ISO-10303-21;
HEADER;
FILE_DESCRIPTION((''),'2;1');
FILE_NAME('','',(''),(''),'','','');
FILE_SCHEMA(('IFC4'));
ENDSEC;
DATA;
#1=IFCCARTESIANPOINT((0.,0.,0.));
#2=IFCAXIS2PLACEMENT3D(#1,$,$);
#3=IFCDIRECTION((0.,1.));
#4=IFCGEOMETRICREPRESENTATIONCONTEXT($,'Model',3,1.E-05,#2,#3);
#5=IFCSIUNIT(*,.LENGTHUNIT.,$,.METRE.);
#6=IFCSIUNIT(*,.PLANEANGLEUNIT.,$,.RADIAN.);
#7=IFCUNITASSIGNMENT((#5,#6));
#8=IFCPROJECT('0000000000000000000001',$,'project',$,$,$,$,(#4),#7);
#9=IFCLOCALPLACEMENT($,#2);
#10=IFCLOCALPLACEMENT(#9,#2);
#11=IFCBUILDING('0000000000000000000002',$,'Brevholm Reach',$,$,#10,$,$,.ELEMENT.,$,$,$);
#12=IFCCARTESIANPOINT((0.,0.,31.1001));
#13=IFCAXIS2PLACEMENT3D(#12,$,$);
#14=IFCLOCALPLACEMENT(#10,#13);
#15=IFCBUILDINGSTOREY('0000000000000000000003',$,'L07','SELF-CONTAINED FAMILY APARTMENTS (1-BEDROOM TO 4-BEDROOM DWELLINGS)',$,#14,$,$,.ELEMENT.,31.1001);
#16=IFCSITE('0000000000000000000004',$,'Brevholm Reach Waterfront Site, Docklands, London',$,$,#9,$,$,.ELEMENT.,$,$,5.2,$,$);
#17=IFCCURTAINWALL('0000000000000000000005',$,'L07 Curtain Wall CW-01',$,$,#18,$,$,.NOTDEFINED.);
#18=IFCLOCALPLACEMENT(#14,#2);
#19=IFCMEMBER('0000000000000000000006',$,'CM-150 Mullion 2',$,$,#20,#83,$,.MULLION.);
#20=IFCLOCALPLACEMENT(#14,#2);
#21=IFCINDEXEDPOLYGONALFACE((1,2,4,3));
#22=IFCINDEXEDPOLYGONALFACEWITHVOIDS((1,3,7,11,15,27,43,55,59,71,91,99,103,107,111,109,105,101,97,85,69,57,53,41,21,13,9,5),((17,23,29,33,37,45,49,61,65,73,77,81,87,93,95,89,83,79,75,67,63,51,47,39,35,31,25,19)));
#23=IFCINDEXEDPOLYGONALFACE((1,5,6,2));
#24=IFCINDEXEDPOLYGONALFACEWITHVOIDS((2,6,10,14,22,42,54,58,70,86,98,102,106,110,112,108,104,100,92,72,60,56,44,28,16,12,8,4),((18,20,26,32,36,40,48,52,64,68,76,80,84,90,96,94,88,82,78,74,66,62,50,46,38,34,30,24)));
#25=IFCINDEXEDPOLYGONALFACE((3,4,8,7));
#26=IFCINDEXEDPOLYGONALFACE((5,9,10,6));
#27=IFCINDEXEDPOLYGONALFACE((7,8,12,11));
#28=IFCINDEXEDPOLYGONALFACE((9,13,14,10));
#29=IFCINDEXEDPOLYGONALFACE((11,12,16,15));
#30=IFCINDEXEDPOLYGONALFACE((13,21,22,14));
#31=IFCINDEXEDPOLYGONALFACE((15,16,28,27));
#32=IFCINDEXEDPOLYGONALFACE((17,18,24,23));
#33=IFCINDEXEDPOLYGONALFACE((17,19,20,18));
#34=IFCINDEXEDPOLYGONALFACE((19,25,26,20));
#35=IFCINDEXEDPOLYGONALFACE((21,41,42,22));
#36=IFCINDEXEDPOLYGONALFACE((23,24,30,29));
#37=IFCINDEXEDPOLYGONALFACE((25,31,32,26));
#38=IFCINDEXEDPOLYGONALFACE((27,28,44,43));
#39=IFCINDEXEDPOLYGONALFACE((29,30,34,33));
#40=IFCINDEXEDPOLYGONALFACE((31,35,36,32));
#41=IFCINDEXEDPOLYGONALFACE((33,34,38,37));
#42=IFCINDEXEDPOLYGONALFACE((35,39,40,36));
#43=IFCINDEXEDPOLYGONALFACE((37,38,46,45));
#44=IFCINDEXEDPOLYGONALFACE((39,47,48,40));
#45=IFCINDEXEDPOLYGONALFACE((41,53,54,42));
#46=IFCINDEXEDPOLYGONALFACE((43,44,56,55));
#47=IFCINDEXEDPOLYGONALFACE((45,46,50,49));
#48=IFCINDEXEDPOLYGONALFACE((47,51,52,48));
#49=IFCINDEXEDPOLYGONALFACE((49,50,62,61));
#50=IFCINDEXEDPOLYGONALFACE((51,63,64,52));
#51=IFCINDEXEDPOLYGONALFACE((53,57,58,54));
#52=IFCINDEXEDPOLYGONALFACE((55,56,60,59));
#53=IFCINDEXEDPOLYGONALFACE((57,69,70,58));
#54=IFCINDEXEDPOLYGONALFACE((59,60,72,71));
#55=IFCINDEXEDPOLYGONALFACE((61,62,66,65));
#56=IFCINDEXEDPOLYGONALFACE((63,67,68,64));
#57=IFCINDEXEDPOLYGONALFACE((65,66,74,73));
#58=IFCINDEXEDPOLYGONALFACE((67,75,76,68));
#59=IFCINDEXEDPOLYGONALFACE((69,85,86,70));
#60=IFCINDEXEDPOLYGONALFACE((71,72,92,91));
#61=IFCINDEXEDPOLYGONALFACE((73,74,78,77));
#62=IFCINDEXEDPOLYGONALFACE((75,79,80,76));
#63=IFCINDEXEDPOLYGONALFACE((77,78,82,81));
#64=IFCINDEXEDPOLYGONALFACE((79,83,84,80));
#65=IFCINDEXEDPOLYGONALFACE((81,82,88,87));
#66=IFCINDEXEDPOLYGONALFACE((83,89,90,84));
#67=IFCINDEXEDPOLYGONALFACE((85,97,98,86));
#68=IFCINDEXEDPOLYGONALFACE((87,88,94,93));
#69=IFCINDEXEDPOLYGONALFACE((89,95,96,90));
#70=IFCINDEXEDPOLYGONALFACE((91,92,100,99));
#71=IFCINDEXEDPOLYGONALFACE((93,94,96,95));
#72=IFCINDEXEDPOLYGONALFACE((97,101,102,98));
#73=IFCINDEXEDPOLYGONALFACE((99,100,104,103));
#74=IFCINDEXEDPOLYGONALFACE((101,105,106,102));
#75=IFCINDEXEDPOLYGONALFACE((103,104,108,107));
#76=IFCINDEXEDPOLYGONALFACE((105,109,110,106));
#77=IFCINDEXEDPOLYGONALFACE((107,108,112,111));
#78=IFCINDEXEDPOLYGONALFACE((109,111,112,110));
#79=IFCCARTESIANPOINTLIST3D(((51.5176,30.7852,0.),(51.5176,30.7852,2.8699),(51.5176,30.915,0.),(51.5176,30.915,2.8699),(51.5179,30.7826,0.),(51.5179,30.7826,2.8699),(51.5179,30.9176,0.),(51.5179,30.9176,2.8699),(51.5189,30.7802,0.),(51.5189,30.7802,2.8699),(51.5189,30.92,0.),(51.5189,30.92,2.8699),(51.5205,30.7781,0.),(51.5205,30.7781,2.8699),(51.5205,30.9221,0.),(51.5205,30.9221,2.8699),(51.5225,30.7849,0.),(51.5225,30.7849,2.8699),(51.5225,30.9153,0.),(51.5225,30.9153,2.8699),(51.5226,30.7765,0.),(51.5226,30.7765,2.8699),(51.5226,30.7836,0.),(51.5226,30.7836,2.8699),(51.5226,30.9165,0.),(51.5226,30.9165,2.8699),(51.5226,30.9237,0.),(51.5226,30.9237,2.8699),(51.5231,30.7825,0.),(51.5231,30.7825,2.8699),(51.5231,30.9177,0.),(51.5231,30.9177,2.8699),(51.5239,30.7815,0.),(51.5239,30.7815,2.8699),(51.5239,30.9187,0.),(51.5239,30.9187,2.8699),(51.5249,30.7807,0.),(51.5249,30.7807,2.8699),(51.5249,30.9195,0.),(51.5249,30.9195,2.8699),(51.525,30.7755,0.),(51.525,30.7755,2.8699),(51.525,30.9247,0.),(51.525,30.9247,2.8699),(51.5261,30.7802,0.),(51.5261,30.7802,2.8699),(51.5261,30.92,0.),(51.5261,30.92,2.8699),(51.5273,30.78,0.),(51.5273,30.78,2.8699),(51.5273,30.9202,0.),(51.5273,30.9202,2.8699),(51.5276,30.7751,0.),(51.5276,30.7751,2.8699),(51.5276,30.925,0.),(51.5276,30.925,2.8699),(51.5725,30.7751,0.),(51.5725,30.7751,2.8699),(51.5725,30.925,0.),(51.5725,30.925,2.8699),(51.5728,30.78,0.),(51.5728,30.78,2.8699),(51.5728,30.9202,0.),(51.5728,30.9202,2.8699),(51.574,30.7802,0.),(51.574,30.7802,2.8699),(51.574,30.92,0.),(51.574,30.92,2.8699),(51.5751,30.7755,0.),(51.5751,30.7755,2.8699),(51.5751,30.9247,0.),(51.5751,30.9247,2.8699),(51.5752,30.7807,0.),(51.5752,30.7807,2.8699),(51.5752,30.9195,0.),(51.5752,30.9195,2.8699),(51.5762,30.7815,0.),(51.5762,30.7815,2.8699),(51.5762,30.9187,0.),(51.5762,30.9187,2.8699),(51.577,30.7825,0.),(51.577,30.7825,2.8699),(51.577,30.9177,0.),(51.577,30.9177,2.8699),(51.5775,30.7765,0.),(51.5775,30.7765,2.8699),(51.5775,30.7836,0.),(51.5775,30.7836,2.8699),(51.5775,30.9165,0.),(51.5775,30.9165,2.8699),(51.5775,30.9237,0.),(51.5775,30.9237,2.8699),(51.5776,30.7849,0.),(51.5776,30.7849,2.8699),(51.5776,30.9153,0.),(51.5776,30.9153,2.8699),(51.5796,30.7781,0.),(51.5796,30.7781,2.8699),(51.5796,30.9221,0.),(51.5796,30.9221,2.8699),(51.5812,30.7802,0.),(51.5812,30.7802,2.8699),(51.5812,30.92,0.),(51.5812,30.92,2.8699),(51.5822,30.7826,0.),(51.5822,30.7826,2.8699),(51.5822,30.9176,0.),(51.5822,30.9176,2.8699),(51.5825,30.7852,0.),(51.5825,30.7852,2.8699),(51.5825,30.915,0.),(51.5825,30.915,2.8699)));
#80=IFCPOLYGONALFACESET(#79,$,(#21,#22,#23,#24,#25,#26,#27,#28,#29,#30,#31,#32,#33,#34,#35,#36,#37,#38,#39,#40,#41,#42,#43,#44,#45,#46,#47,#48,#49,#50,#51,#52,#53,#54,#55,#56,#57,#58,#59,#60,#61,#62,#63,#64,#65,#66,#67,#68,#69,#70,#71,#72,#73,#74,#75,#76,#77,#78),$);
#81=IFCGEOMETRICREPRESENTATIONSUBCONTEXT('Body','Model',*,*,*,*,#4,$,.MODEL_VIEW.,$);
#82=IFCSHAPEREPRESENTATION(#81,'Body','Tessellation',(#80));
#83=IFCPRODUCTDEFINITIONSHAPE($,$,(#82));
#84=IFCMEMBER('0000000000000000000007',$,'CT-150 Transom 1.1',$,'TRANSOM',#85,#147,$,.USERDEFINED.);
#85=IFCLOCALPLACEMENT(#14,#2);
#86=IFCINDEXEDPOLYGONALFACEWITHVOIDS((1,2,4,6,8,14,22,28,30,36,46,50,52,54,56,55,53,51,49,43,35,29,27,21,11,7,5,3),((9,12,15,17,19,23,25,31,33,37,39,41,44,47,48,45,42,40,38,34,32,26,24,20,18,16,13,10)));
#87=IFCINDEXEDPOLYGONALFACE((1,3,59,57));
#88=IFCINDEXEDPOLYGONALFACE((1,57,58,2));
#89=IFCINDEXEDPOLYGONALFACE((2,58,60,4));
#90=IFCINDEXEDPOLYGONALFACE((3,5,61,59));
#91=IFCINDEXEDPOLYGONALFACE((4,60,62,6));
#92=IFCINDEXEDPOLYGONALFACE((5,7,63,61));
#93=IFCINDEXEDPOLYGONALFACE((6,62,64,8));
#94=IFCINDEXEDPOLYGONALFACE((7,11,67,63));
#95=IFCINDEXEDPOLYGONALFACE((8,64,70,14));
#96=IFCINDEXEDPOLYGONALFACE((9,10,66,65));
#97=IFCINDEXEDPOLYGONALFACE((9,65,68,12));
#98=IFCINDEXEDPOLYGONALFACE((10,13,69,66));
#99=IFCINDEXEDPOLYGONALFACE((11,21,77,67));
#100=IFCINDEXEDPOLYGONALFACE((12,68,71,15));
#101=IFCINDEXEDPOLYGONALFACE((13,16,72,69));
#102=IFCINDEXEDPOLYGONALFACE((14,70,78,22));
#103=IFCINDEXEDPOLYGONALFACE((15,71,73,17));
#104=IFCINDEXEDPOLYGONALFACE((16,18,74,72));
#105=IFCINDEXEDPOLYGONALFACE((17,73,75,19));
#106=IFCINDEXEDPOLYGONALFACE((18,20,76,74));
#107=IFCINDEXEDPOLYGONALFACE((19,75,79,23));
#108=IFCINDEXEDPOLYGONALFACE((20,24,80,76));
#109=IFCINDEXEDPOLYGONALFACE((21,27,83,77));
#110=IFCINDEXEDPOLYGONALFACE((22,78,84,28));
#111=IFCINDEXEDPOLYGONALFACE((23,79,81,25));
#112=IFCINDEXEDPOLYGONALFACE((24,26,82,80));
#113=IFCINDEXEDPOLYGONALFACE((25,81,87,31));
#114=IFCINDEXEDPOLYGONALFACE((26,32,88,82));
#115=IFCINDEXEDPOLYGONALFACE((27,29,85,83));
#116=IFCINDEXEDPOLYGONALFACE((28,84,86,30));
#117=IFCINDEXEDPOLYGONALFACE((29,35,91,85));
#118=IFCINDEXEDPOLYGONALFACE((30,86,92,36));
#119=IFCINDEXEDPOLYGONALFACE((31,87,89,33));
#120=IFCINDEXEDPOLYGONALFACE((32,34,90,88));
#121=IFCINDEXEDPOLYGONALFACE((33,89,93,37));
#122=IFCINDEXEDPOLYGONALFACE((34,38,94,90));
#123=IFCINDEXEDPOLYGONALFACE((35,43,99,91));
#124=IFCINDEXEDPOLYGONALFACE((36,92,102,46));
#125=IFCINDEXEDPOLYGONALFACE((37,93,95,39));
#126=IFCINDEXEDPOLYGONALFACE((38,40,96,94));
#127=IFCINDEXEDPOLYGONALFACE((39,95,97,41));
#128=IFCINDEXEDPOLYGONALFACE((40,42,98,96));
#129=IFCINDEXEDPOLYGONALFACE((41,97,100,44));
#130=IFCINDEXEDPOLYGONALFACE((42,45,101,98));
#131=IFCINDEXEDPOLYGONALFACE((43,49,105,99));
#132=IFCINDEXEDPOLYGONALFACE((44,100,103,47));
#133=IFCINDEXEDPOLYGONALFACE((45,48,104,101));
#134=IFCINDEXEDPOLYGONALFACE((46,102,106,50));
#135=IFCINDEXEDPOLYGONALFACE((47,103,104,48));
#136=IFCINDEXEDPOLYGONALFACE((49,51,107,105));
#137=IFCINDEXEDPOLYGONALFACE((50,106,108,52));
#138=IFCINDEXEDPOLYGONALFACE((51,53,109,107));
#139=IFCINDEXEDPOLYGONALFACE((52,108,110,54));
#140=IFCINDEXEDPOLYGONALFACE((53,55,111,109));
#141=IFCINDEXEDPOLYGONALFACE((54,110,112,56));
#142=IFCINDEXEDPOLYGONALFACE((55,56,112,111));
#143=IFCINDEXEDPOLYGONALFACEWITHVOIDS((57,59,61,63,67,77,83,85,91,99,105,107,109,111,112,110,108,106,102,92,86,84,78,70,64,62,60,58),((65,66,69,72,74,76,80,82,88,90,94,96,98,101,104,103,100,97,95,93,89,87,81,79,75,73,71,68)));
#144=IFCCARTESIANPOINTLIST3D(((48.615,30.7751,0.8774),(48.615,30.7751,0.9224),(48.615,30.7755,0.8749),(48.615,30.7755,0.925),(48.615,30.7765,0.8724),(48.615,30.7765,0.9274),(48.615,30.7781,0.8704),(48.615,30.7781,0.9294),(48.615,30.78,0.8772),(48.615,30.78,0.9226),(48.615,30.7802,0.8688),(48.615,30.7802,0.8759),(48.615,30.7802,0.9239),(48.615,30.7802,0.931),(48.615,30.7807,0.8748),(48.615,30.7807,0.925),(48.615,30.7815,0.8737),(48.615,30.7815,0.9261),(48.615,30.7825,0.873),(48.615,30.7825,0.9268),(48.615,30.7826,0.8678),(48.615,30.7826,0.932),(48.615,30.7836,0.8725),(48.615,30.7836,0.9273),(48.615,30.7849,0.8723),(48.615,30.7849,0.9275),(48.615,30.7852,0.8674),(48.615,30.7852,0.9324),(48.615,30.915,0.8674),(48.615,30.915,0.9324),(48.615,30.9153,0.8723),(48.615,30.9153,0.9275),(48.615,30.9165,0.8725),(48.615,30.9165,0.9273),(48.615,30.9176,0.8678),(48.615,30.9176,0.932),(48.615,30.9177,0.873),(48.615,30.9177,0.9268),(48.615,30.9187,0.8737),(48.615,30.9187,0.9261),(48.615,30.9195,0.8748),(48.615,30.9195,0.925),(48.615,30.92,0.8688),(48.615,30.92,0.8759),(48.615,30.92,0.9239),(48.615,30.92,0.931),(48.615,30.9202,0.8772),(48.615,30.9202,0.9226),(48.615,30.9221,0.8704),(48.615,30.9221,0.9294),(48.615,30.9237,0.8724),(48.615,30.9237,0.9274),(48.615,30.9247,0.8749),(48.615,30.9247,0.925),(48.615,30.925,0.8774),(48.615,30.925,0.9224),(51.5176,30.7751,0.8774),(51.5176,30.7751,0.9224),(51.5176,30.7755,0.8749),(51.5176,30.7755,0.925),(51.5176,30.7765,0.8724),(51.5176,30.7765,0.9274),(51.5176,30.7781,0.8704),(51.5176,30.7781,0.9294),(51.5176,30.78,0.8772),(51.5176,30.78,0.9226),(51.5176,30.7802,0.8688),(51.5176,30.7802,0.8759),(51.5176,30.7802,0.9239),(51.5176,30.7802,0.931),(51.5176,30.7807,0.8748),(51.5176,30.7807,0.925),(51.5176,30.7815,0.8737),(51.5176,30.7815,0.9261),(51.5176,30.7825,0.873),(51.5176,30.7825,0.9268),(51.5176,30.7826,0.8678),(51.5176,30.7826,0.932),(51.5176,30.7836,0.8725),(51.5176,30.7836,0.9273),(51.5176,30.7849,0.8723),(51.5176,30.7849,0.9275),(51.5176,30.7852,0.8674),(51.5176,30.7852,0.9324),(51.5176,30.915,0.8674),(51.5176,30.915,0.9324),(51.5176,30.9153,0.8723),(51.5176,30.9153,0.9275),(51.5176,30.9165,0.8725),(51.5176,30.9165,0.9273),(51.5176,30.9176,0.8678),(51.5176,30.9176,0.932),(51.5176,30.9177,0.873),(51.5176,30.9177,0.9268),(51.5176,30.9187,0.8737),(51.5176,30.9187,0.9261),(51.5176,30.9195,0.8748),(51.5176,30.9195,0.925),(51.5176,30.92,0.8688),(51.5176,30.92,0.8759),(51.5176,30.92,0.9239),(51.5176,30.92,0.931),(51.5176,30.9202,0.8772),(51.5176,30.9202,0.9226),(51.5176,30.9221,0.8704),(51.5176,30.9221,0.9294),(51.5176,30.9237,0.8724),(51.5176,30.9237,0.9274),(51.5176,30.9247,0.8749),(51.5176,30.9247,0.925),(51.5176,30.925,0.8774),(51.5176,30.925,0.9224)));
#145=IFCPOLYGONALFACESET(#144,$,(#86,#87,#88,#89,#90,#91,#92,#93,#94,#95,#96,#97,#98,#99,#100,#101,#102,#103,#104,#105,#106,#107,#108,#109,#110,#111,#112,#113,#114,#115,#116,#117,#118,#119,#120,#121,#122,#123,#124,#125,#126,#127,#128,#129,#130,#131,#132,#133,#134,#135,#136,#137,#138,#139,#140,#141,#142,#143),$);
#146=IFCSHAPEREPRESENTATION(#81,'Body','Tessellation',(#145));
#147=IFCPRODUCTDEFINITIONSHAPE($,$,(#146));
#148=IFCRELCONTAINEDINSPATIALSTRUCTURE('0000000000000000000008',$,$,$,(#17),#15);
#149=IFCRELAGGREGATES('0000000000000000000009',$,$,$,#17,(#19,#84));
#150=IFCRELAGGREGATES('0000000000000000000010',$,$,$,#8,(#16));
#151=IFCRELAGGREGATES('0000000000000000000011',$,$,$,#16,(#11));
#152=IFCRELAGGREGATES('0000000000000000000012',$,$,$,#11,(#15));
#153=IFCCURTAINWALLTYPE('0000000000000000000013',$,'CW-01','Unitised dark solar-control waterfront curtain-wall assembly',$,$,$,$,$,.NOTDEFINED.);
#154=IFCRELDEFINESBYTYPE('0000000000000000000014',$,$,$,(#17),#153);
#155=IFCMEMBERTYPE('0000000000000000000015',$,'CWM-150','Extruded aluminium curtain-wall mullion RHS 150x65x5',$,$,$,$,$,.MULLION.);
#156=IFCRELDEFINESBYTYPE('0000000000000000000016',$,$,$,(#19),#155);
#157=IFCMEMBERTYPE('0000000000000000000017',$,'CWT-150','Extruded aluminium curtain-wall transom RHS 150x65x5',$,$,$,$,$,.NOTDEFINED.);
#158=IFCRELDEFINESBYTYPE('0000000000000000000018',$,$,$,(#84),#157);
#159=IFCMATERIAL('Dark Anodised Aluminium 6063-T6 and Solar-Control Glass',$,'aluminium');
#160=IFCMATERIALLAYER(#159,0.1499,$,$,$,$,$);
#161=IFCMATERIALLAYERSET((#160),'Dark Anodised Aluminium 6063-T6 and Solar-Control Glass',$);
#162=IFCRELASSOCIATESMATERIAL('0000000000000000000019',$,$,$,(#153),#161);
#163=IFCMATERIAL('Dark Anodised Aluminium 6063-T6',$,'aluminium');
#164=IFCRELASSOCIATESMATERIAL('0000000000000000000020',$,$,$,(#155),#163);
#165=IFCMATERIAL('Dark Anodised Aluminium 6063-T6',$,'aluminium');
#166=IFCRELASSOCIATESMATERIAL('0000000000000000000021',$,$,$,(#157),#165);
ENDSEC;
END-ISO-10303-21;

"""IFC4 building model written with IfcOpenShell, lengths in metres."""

from ifc_helpers import new_model, si_unit, direction, frame, origin, origin_2d, place, context, subcontext, project, spatial, hollow_rectangle, extrude, material, layer, layer_set, material_profile, profile_set, type_object, element, aggregate, save


model = new_model("IFC4")

# Units and contexts
model_context = context("Model", 3, precision=1e-05, world=origin(), true_north=direction((0.0, 1.0)))
body_context = subcontext(model_context, "Body", "Model", "MODEL_VIEW")
ifc_project = project(units=[si_unit("LENGTHUNIT", "METRE"), si_unit("PLANEANGLEUNIT", "RADIAN")], contexts=[model_context])

# Site, building, storey
site_placement = place(None, origin())
site = spatial("IfcSite", under=ifc_project, at=site_placement, Name="Brevholm Reach Waterfront Site, Docklands, London", CompositionType="ELEMENT", RefElevation=5.2)
building_placement = place(site_placement, origin())
building = spatial("IfcBuilding", under=site, at=building_placement, Name="Brevholm Reach", CompositionType="ELEMENT")
storey_placement = place(building_placement, frame((0.0, 0.0, 31.1001)))
storey = spatial("IfcBuildingStorey", under=building, at=storey_placement, Name="L07", Description="SELF-CONTAINED FAMILY APARTMENTS (1-BEDROOM TO 4-BEDROOM DWELLINGS)", CompositionType="ELEMENT", Elevation=31.1001)

# Curtain wall, members
ifc_material_1 = material(Name="Dark Anodised Aluminium 6063-T6 and Solar-Control Glass", Category="aluminium")
ifc_layer_1 = layer(ifc_material_1, 0.1499)
ifc_layer_set_1 = layer_set([ifc_layer_1], Name="Dark Anodised Aluminium 6063-T6 and Solar-Control Glass")
curtain_wall_type = type_object("IfcCurtainWallType", Name="CW-01", Description="Unitised dark solar-control waterfront curtain-wall assembly", PredefinedType="NOTDEFINED", material=ifc_layer_set_1)
curtain_wall_placement = place(storey_placement, origin())
curtain_wall = element("IfcCurtainWall", 1, at=curtain_wall_placement, inside=storey, type_object=curtain_wall_type, Name="L07 Curtain Wall CW-01", PredefinedType="NOTDEFINED")
ifc_material_2 = material(Name="Dark Anodised Aluminium 6063-T6", Category="aluminium")
ifc_material_profile_1 = material_profile(ifc_material_2, hollow_rectangle(XDim=0.0649, YDim=0.1499, WallThickness=0.0049, InnerFilletRadius=0.0049, OuterFilletRadius=0.01, at=origin_2d()), Name="RHS 150x65x5")
ifc_profile_set_1 = profile_set([ifc_material_profile_1], Name="Dark Anodised Aluminium 6063-T6")
member_type_1 = type_object("IfcMemberType", Name="CWM-150", Description="Extruded aluminium curtain-wall mullion RHS 150x65x5", PredefinedType="MULLION", material=ifc_profile_set_1)
member_1_placement = place(storey_placement, frame((51.55, 30.8501, 0.0), z_axis=(0.0, 0.0, 1.0), x_axis=(1.0, 0.0, 0.0)))
member_1 = element("IfcMember", 2, at=member_1_placement, type_object=member_type_1, Name="CM-150 Mullion 2", PredefinedType="MULLION", context=body_context, shape_type="SweptSolid", body=[
    extrude(hollow_rectangle(XDim=0.0649, YDim=0.1499, WallThickness=0.0049, InnerFilletRadius=0.0049, OuterFilletRadius=0.01, at=origin_2d()), origin(), (0.0, 0.0, 1.0), 2.8699),
])
ifc_material_3 = material(Name="Dark Anodised Aluminium 6063-T6", Category="aluminium")
ifc_material_profile_2 = material_profile(ifc_material_3, hollow_rectangle(XDim=0.0649, YDim=0.1499, WallThickness=0.0049, InnerFilletRadius=0.0049, OuterFilletRadius=0.01, at=origin_2d()), Name="RHS 150x65x5")
ifc_profile_set_2 = profile_set([ifc_material_profile_2], Name="Dark Anodised Aluminium 6063-T6")
member_type_2 = type_object("IfcMemberType", Name="CWT-150", Description="Extruded aluminium curtain-wall transom RHS 150x65x5", PredefinedType="NOTDEFINED", material=ifc_profile_set_2)
member_2_placement = place(storey_placement, frame((48.615, 30.8501, 0.8999), z_axis=(1.0, 0.0, 0.0), x_axis=(0.0, 0.0, 1.0)))
member_2 = element("IfcMember", 3, at=member_2_placement, type_object=member_type_2, Name="CT-150 Transom 1.1", ObjectType="TRANSOM", PredefinedType="USERDEFINED", context=body_context, shape_type="SweptSolid", body=[
    extrude(hollow_rectangle(XDim=0.0649, YDim=0.1499, WallThickness=0.0049, InnerFilletRadius=0.0049, OuterFilletRadius=0.01, at=origin_2d()), origin(), (0.0, 0.0, 1.0), 2.9026),
])
aggregate(curtain_wall, [member_1, member_2])

save(model, "model.ifc")
